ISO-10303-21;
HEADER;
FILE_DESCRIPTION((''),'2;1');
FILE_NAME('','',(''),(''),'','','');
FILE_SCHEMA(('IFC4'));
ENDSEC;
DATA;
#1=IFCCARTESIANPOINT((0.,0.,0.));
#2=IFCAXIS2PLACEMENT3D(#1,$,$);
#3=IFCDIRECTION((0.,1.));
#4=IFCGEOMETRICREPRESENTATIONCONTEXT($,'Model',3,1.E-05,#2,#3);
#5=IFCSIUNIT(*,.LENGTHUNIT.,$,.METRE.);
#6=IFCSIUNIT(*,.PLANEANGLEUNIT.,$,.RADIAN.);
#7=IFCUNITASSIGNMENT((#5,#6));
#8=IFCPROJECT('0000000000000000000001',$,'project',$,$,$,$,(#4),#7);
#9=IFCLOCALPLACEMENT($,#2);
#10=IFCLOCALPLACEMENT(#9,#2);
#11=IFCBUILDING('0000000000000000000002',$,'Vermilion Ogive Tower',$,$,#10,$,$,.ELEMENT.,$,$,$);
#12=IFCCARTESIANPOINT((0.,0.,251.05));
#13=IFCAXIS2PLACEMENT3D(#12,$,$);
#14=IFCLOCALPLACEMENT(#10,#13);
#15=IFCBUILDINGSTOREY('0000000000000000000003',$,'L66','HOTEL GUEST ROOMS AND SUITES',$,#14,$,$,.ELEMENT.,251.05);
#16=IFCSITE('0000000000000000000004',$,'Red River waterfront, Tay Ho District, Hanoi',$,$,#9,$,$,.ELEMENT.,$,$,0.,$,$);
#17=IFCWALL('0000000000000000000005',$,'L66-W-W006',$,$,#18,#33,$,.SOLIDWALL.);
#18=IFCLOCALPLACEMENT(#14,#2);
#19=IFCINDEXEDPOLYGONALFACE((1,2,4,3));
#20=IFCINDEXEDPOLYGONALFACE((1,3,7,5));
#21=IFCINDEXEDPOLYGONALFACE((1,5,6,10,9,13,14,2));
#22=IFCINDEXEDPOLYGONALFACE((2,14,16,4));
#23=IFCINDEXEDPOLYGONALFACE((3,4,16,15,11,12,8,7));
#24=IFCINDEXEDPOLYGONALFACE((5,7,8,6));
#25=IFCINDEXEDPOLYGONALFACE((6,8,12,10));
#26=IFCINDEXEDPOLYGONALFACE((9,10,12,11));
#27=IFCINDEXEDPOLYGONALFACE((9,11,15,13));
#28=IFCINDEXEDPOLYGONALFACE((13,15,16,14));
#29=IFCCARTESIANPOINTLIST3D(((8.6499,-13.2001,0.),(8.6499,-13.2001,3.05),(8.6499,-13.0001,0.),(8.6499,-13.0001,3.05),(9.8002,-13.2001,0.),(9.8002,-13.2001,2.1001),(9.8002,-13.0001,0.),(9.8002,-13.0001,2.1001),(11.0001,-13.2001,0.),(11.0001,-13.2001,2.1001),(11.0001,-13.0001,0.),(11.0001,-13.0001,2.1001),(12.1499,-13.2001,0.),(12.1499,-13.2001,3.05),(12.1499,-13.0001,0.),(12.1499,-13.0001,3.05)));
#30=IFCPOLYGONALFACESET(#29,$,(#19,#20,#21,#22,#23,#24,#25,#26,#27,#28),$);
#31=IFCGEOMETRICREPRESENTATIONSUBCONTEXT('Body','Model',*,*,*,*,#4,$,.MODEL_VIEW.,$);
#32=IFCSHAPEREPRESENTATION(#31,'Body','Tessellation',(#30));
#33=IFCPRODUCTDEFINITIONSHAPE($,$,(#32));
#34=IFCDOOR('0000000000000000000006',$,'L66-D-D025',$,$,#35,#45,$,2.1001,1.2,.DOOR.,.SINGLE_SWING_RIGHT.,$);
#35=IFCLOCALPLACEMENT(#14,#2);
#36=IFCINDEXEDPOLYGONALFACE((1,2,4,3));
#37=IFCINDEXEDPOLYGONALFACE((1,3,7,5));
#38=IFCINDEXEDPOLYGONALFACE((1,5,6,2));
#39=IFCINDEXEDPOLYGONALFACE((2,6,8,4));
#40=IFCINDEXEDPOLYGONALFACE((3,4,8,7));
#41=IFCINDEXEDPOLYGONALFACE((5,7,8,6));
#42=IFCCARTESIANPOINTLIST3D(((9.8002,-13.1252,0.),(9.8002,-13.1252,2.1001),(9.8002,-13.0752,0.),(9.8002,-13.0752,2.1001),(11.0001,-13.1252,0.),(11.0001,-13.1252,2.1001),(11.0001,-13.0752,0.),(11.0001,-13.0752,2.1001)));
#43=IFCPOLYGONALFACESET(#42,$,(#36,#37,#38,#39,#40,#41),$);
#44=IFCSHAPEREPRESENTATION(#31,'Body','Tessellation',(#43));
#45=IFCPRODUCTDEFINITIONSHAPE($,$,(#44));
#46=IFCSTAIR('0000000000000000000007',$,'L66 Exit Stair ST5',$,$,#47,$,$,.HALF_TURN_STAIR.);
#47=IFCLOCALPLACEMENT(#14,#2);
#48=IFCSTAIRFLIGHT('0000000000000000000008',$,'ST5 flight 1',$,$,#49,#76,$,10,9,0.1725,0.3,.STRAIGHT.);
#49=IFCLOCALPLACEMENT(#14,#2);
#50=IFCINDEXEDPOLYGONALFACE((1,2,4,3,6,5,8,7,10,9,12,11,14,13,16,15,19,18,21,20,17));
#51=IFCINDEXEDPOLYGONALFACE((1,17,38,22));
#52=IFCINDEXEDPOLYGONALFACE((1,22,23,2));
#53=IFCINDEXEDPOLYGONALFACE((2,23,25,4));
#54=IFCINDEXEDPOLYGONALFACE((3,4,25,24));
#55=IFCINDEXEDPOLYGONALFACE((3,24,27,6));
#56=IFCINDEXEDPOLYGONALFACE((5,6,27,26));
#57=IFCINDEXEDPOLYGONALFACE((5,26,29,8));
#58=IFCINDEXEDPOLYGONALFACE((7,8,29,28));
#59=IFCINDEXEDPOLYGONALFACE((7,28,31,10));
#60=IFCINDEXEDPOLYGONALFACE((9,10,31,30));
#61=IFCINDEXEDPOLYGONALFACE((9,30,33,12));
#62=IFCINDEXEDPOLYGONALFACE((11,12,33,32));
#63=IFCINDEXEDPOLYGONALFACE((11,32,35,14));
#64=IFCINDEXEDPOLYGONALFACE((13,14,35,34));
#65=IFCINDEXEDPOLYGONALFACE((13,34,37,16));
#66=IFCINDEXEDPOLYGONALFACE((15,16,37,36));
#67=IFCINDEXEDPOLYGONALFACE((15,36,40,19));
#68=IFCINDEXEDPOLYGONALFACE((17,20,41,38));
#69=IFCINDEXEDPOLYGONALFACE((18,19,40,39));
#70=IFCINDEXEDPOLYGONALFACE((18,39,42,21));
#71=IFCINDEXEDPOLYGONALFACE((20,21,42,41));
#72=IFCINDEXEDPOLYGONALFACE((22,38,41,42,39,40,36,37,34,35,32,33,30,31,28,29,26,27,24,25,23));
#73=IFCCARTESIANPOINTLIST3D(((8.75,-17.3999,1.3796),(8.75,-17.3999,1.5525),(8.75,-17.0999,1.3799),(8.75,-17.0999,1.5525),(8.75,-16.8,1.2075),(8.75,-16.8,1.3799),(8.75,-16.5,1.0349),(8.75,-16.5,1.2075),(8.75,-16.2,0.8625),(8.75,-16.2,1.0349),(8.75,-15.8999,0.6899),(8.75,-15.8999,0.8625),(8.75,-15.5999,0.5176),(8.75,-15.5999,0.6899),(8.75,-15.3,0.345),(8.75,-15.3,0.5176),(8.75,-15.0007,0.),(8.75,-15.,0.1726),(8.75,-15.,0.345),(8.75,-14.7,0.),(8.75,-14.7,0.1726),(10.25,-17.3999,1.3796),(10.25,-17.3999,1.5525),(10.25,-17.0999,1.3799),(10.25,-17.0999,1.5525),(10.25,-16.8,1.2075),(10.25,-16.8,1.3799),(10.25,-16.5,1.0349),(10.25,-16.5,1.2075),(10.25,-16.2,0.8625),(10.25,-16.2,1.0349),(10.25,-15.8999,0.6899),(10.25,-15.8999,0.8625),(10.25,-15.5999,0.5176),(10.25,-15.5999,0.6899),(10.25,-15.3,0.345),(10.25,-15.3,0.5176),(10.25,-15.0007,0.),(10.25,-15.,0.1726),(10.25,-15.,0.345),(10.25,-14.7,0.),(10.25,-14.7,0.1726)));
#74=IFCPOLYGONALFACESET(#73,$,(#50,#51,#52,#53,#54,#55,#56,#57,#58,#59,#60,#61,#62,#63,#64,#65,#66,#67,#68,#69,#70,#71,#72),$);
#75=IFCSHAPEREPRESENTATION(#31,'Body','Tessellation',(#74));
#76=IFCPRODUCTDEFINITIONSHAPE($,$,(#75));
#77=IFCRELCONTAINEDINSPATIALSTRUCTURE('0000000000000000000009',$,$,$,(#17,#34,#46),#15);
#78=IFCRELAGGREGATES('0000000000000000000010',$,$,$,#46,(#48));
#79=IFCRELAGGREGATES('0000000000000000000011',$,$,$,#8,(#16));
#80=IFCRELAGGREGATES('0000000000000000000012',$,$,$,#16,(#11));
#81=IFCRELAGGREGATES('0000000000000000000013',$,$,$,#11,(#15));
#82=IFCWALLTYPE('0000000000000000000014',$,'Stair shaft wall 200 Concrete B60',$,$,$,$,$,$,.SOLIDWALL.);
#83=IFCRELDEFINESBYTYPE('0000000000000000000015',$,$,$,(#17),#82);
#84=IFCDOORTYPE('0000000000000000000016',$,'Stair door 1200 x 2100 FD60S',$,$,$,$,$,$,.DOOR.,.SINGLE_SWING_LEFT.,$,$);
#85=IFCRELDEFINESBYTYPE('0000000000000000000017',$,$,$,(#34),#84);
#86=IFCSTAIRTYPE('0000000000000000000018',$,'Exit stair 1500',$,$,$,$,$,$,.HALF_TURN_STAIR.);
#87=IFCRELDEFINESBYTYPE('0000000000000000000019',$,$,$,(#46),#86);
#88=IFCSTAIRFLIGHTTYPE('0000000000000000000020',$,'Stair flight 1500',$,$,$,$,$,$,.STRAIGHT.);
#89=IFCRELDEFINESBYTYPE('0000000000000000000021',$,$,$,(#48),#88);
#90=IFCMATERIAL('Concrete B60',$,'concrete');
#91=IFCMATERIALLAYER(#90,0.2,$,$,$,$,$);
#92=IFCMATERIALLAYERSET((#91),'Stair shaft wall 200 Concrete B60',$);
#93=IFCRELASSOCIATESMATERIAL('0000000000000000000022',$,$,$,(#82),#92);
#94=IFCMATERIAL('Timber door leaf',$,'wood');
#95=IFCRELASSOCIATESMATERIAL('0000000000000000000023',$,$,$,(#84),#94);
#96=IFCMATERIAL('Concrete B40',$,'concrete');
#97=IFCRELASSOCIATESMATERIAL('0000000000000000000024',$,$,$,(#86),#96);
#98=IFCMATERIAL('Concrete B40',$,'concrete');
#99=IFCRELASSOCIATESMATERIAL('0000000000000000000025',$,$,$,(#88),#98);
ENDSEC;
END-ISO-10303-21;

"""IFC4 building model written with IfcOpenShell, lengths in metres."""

from ifc_helpers import new_model, si_unit, direction, frame, frame_2d, origin, place, context, subcontext, project, spatial, polyline, rectangle, outline, extrude, material, layer, layer_set, type_object, element, fill, aggregate, save


model = new_model("IFC4")

# Units and contexts
model_context = context("Model", 3, precision=1e-05, world=origin(), true_north=direction((0.0, 1.0)))
body_context = subcontext(model_context, "Body", "Model", "MODEL_VIEW")
ifc_project = project(units=[si_unit("LENGTHUNIT", "METRE"), si_unit("PLANEANGLEUNIT", "RADIAN")], contexts=[model_context])

# Site, building, storey
site_placement = place(None, origin())
site = spatial("IfcSite", under=ifc_project, at=site_placement, Name="Red River waterfront, Tay Ho District, Hanoi", CompositionType="ELEMENT", RefElevation=0.0)
building_placement = place(site_placement, origin())
building = spatial("IfcBuilding", under=site, at=building_placement, Name="Vermilion Ogive Tower", CompositionType="ELEMENT")
storey_placement = place(building_placement, frame((0.0, 0.0, 251.05)))
storey = spatial("IfcBuildingStorey", under=building, at=storey_placement, Name="L66", Description="HOTEL GUEST ROOMS AND SUITES", CompositionType="ELEMENT", Elevation=251.05)

# Wall, opening, door
ifc_material_1 = material(Name="Concrete B60", Category="concrete")
ifc_layer_1 = layer(ifc_material_1, 0.2)
ifc_layer_set_1 = layer_set([ifc_layer_1], Name="Stair shaft wall 200 Concrete B60")
wall_type_1 = type_object("IfcWallType", Name="Stair shaft wall 200 Concrete B60", PredefinedType="SOLIDWALL", material=ifc_layer_set_1)
wall_1_placement = place(storey_placement, frame((8.6499, -13.1001, 0.0), z_axis=(0.0, 0.0, 1.0), x_axis=(1.0, 0.0, 0.0)))
wall_1 = element("IfcWall", 1, at=wall_1_placement, inside=storey, type_object=wall_type_1, Name="L66-W-W006", PredefinedType="SOLIDWALL", context=body_context, shape_type="SweptSolid", body=[
    extrude(rectangle(XDim=3.5, YDim=0.2, at=frame_2d((1.75, 0.0))), origin(), (0.0, 0.0, 1.0), 3.05),
])
opening_1_placement = place(wall_1_placement, frame((1.1501, 0.0, 0.0)))
opening_1 = element("IfcOpeningElement", 2, at=opening_1_placement, cuts=wall_1, PredefinedType="OPENING", context=body_context, shape_type="SweptSolid", body=[
    extrude(rectangle(XDim=1.2, YDim=2.1001, at=frame_2d((0.6001, 1.05))), frame((0.0, 0.1099, 0.0), z_axis=(0.0, -1.0, 0.0), x_axis=(1.0, 0.0, 0.0)), (0.0, 0.0, 1.0), 0.22),
])
ifc_material_2 = material(Name="Timber door leaf", Category="wood")
door_type_1 = type_object("IfcDoorType", Name="Stair door 1200 x 2100 FD60S", OperationType="SINGLE_SWING_LEFT", PredefinedType="DOOR", material=ifc_material_2)
door_1_placement = place(opening_1_placement, origin())
door_1 = element("IfcDoor", 3, at=door_1_placement, inside=storey, type_object=door_type_1, Name="L66-D-D025", OperationType="SINGLE_SWING_RIGHT", OverallHeight=2.1001, OverallWidth=1.2, PredefinedType="DOOR", context=body_context, shape_type="SweptSolid", body=[
    extrude(rectangle(XDim=1.2, YDim=2.1001, at=frame_2d((0.6001, 1.05))), frame((0.0, 0.0249, 0.0), z_axis=(0.0, -1.0, 0.0), x_axis=(1.0, 0.0, 0.0)), (0.0, 0.0, 1.0), 0.05),
])
fill(opening_1, door_1)

# Stair, stair flight
ifc_material_3 = material(Name="Concrete B40", Category="concrete")
stair_type = type_object("IfcStairType", Name="Exit stair 1500", PredefinedType="HALF_TURN_STAIR", material=ifc_material_3)
stair_placement = place(storey_placement, origin())
stair = element("IfcStair", 4, at=stair_placement, inside=storey, type_object=stair_type, Name="L66 Exit Stair ST5", PredefinedType="HALF_TURN_STAIR")
ifc_material_4 = material(Name="Concrete B40", Category="concrete")
stair_flight_type = type_object("IfcStairFlightType", Name="Stair flight 1500", PredefinedType="STRAIGHT", material=ifc_material_4)
stair_flight_placement = place(storey_placement, frame((9.5, -14.7, 0.0), z_axis=(0.0, 0.0, 1.0), x_axis=(0.0, -1.0, 0.0)))
stair_flight = element("IfcStairFlight", 5, at=stair_flight_placement, type_object=stair_flight_type, Name="ST5 flight 1", NumberOfRisers=10, NumberOfTreads=9, PredefinedType="STRAIGHT", RiserHeight=0.1725, TreadLength=0.3, context=body_context, shape_type="SweptSolid", body=[
    extrude(outline(polyline([(0.0, 0.0), (0.0, 0.1726), (0.3, 0.1726), (0.3, 0.345), (0.6001, 0.345), (0.6001, 0.5176), (0.8999, 0.5176), (0.8999, 0.6899), (1.2, 0.6899), (1.2, 0.8625), (1.5, 0.8625), (1.5, 1.0349), (1.8, 1.0349), (1.8, 1.2075), (2.1001, 1.2075), (2.1001, 1.3799), (2.3999, 1.3799), (2.3999, 1.5525), (2.7, 1.5525), (2.7, 1.7251), (2.7, 1.3796), (0.3008, 0.0), (0.0, 0.0)])), frame((0.0, 0.75, 0.0), z_axis=(0.0, -1.0, 0.0), x_axis=(1.0, 0.0, 0.0)), (0.0, 0.0, 1.0), 1.5),
])
aggregate(stair, [stair_flight])

save(model, "model.ifc")
